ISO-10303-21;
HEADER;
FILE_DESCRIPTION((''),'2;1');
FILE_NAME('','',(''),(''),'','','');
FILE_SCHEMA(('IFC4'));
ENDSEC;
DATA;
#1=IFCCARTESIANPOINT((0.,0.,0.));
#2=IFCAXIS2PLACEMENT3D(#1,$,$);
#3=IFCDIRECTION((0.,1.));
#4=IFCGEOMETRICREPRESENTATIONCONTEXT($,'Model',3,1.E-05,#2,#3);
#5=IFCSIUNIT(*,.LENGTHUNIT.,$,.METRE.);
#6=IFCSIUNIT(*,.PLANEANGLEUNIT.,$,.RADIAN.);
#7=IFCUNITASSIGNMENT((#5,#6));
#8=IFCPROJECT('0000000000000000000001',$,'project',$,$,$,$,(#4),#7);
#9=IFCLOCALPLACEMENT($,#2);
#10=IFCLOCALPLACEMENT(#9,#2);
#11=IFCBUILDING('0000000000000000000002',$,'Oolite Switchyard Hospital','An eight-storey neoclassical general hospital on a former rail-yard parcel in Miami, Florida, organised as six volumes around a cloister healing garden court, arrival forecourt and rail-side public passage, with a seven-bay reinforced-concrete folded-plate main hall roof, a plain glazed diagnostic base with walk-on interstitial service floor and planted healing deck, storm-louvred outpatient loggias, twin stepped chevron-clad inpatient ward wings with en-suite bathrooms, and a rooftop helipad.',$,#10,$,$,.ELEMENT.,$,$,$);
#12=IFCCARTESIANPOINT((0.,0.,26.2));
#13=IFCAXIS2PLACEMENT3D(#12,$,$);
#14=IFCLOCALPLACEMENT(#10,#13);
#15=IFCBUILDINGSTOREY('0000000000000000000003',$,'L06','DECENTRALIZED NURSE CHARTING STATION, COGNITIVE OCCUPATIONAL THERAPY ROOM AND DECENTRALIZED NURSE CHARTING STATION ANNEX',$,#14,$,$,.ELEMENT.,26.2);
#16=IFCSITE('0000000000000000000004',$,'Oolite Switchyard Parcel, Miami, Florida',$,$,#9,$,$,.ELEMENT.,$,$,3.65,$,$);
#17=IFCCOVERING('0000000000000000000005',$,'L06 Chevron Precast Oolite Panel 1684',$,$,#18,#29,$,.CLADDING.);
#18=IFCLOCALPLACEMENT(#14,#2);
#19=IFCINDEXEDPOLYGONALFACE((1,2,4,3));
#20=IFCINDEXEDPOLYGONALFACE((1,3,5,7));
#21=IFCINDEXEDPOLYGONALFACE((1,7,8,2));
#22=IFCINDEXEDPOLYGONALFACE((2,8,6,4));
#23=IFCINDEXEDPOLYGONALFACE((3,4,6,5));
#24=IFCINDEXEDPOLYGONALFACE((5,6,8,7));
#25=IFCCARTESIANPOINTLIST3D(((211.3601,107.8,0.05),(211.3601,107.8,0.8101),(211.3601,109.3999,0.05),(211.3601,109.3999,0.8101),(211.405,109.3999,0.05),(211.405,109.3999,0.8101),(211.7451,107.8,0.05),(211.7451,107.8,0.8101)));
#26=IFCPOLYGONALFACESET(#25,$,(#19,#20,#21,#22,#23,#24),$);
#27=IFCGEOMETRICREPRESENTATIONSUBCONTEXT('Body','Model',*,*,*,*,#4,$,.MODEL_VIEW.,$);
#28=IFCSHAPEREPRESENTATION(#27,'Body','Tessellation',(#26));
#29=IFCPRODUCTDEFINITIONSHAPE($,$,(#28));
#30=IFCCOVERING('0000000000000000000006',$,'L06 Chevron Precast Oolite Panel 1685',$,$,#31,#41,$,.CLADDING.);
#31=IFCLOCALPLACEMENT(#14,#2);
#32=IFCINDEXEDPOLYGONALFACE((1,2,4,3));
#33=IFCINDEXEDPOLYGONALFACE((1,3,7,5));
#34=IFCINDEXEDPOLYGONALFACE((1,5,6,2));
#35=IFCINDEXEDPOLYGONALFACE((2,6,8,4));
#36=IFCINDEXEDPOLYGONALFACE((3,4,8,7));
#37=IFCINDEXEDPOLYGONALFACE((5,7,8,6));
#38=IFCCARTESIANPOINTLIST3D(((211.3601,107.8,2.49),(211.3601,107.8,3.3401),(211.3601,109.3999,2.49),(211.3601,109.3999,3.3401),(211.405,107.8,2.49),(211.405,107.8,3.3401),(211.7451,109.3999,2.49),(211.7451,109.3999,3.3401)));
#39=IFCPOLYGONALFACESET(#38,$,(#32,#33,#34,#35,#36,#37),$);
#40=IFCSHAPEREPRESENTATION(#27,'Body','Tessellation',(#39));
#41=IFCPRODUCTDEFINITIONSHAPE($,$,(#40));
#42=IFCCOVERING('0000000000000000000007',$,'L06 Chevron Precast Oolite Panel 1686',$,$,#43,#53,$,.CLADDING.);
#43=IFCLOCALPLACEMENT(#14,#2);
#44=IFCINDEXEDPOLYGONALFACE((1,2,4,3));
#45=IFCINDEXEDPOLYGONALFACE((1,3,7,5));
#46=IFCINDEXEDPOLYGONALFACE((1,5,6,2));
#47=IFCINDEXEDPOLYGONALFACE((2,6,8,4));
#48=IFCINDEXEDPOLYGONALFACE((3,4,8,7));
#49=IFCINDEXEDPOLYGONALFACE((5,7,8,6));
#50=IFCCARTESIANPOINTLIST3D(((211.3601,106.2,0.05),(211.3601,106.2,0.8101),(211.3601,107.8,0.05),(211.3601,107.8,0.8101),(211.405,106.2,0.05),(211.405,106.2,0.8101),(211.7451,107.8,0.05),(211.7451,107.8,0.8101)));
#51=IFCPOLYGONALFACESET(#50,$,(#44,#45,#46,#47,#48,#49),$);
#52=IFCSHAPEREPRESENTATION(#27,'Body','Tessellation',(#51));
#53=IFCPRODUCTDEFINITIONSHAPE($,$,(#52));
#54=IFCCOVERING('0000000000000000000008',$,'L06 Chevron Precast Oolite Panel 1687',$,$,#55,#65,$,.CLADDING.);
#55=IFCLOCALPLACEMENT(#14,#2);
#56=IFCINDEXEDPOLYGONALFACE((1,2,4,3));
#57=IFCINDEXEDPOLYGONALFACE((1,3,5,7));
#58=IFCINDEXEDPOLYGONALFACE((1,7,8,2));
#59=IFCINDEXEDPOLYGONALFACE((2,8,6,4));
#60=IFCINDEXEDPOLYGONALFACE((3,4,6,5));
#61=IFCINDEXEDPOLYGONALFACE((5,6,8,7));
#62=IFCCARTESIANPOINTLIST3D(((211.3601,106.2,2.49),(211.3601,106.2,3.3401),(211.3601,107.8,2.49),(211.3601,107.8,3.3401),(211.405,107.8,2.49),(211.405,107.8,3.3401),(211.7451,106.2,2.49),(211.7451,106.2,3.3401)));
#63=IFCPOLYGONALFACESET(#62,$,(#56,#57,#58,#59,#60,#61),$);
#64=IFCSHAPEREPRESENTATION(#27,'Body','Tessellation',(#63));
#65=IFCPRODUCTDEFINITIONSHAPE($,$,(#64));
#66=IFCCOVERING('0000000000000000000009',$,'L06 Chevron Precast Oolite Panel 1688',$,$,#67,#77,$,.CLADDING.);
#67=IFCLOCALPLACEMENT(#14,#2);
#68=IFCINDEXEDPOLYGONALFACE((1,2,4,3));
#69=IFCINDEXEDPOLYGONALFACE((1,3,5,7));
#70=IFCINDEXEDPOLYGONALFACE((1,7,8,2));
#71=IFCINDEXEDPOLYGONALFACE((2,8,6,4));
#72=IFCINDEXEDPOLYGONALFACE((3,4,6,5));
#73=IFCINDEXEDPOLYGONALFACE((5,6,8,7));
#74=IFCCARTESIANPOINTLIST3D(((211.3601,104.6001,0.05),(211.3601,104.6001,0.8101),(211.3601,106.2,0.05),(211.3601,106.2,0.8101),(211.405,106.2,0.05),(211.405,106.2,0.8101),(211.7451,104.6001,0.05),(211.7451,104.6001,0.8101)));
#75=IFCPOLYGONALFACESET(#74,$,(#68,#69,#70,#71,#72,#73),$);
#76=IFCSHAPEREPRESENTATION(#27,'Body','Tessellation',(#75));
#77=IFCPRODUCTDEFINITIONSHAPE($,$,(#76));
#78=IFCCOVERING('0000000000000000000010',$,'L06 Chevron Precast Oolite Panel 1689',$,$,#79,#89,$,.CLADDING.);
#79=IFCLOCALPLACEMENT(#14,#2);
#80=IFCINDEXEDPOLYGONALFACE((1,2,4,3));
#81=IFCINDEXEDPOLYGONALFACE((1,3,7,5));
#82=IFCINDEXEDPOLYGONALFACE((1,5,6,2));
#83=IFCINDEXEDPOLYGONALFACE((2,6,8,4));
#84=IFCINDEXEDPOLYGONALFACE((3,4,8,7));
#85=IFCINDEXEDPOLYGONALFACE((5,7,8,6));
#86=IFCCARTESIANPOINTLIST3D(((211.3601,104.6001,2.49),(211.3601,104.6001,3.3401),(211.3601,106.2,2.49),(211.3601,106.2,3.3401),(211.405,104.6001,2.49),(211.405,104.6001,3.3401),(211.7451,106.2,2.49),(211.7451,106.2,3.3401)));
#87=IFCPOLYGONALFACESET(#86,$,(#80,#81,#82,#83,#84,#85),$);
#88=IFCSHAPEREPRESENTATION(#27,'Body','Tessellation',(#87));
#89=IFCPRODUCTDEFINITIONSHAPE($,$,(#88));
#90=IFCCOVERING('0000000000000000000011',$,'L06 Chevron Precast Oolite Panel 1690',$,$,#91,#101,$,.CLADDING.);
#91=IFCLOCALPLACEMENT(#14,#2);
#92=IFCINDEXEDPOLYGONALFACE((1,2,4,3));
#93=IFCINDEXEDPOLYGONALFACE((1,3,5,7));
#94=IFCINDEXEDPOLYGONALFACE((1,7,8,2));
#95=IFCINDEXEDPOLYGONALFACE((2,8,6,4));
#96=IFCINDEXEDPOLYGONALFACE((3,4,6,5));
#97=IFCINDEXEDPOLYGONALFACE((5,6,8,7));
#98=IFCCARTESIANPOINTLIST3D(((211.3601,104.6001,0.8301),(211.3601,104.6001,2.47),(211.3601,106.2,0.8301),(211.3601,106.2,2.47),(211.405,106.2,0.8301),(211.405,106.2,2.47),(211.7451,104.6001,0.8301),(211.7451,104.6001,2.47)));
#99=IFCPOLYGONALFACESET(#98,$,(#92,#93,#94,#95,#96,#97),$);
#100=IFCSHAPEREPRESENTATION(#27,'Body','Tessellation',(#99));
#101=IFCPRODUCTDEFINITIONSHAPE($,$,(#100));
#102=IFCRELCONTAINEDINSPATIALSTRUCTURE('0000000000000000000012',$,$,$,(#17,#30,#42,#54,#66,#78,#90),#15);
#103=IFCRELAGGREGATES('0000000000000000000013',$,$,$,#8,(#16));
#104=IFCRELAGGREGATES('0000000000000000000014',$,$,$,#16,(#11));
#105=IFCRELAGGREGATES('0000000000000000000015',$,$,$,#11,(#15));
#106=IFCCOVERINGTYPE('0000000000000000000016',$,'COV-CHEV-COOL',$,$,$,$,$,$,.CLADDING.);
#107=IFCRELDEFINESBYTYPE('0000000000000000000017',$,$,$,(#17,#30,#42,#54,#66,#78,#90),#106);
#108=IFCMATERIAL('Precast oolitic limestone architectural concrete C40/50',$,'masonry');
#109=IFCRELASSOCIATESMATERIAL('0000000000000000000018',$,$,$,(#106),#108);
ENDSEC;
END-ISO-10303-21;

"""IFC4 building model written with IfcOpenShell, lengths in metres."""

from ifc_helpers import new_model, si_unit, direction, frame, origin, place, context, subcontext, project, spatial, polyline, outline, extrude, material, type_object, element, save


model = new_model("IFC4")

# Units and contexts
model_context = context("Model", 3, precision=1e-05, world=origin(), true_north=direction((0.0, 1.0)))
body_context = subcontext(model_context, "Body", "Model", "MODEL_VIEW")
ifc_project = project(units=[si_unit("LENGTHUNIT", "METRE"), si_unit("PLANEANGLEUNIT", "RADIAN")], contexts=[model_context])

# Site, building, storey
site_placement = place(None, origin())
site = spatial("IfcSite", under=ifc_project, at=site_placement, Name="Oolite Switchyard Parcel, Miami, Florida", CompositionType="ELEMENT", RefElevation=3.65)
building_placement = place(site_placement, origin())
building = spatial("IfcBuilding", under=site, at=building_placement, Name="Oolite Switchyard Hospital", Description="An eight-storey neoclassical general hospital on a former rail-yard parcel in Miami, Florida, organised as six volumes around a cloister healing garden court, arrival forecourt and rail-side public passage, with a seven-bay reinforced-concrete folded-plate main hall roof, a plain glazed diagnostic base with walk-on interstitial service floor and planted healing deck, storm-louvred outpatient loggias, twin stepped chevron-clad inpatient ward wings with en-suite bathrooms, and a rooftop helipad.", CompositionType="ELEMENT")
storey_placement = place(building_placement, frame((0.0, 0.0, 26.2)))
storey = spatial("IfcBuildingStorey", under=building, at=storey_placement, Name="L06", Description="DECENTRALIZED NURSE CHARTING STATION, COGNITIVE OCCUPATIONAL THERAPY ROOM AND DECENTRALIZED NURSE CHARTING STATION ANNEX", CompositionType="ELEMENT", Elevation=26.2)

# Coverings
ifc_material_1 = material(Name="Precast oolitic limestone architectural concrete C40/50", Category="masonry")
covering_type = type_object("IfcCoveringType", Name="COV-CHEV-COOL", PredefinedType="CLADDING", material=ifc_material_1)
covering_1_placement = place(storey_placement, frame((211.3601, 109.3999, 0.05), z_axis=(0.0, 0.0, 1.0), x_axis=(0.0, -1.0, 0.0)))
element("IfcCovering", 1, at=covering_1_placement, inside=storey, type_object=covering_type, Name="L06 Chevron Precast Oolite Panel 1684", PredefinedType="CLADDING", context=body_context, shape_type="SweptSolid", body=[
    extrude(outline(polyline([(0.0, 0.0), (1.5999, 0.0), (1.5999, 0.385), (0.0, 0.0449), (0.0, 0.0)])), origin(), (0.0, 0.0, 1.0), 0.76),
])
covering_2_placement = place(storey_placement, frame((211.3601, 109.3999, 2.49), z_axis=(0.0, 0.0, 1.0), x_axis=(0.0, -1.0, 0.0)))
element("IfcCovering", 2, at=covering_2_placement, inside=storey, type_object=covering_type, Name="L06 Chevron Precast Oolite Panel 1685", PredefinedType="CLADDING", context=body_context, shape_type="SweptSolid", body=[
    extrude(outline(polyline([(0.0, 0.0), (1.5999, 0.0), (1.5999, 0.0449), (0.0, 0.385), (0.0, 0.0)])), origin(), (0.0, 0.0, 1.0), 0.8501),
])
covering_3_placement = place(storey_placement, frame((211.3601, 107.8, 0.05), z_axis=(0.0, 0.0, 1.0), x_axis=(0.0, -1.0, 0.0)))
element("IfcCovering", 3, at=covering_3_placement, inside=storey, type_object=covering_type, Name="L06 Chevron Precast Oolite Panel 1686", PredefinedType="CLADDING", context=body_context, shape_type="SweptSolid", body=[
    extrude(outline(polyline([(0.0, 0.0), (1.6001, 0.0), (1.6001, 0.0449), (0.0, 0.385), (0.0, 0.0)])), origin(), (0.0, 0.0, 1.0), 0.76),
])
covering_4_placement = place(storey_placement, frame((211.3601, 107.8, 2.49), z_axis=(0.0, 0.0, 1.0), x_axis=(0.0, -1.0, 0.0)))
element("IfcCovering", 4, at=covering_4_placement, inside=storey, type_object=covering_type, Name="L06 Chevron Precast Oolite Panel 1687", PredefinedType="CLADDING", context=body_context, shape_type="SweptSolid", body=[
    extrude(outline(polyline([(0.0, 0.0), (1.6001, 0.0), (1.6001, 0.385), (0.0, 0.0449), (0.0, 0.0)])), origin(), (0.0, 0.0, 1.0), 0.8501),
])
covering_5_placement = place(storey_placement, frame((211.3601, 106.2, 0.05), z_axis=(0.0, 0.0, 1.0), x_axis=(0.0, -1.0, 0.0)))
element("IfcCovering", 5, at=covering_5_placement, inside=storey, type_object=covering_type, Name="L06 Chevron Precast Oolite Panel 1688", PredefinedType="CLADDING", context=body_context, shape_type="SweptSolid", body=[
    extrude(outline(polyline([(0.0, 0.0), (1.5999, 0.0), (1.5999, 0.385), (0.0, 0.0449), (0.0, 0.0)])), origin(), (0.0, 0.0, 1.0), 0.76),
])
covering_6_placement = place(storey_placement, frame((211.3601, 106.2, 2.49), z_axis=(0.0, 0.0, 1.0), x_axis=(0.0, -1.0, 0.0)))
element("IfcCovering", 6, at=covering_6_placement, inside=storey, type_object=covering_type, Name="L06 Chevron Precast Oolite Panel 1689", PredefinedType="CLADDING", context=body_context, shape_type="SweptSolid", body=[
    extrude(outline(polyline([(0.0, 0.0), (1.5999, 0.0), (1.5999, 0.0449), (0.0, 0.385), (0.0, 0.0)])), origin(), (0.0, 0.0, 1.0), 0.8501),
])
covering_7_placement = place(storey_placement, frame((211.3601, 106.2, 0.8301), z_axis=(0.0, 0.0, 1.0), x_axis=(0.0, -1.0, 0.0)))
element("IfcCovering", 7, at=covering_7_placement, inside=storey, type_object=covering_type, Name="L06 Chevron Precast Oolite Panel 1690", PredefinedType="CLADDING", context=body_context, shape_type="SweptSolid", body=[
    extrude(outline(polyline([(0.0, 0.0), (1.5999, 0.0), (1.5999, 0.385), (0.0, 0.0449), (0.0, 0.0)])), origin(), (0.0, 0.0, 1.0), 1.6399),
])

save(model, "model.ifc")
